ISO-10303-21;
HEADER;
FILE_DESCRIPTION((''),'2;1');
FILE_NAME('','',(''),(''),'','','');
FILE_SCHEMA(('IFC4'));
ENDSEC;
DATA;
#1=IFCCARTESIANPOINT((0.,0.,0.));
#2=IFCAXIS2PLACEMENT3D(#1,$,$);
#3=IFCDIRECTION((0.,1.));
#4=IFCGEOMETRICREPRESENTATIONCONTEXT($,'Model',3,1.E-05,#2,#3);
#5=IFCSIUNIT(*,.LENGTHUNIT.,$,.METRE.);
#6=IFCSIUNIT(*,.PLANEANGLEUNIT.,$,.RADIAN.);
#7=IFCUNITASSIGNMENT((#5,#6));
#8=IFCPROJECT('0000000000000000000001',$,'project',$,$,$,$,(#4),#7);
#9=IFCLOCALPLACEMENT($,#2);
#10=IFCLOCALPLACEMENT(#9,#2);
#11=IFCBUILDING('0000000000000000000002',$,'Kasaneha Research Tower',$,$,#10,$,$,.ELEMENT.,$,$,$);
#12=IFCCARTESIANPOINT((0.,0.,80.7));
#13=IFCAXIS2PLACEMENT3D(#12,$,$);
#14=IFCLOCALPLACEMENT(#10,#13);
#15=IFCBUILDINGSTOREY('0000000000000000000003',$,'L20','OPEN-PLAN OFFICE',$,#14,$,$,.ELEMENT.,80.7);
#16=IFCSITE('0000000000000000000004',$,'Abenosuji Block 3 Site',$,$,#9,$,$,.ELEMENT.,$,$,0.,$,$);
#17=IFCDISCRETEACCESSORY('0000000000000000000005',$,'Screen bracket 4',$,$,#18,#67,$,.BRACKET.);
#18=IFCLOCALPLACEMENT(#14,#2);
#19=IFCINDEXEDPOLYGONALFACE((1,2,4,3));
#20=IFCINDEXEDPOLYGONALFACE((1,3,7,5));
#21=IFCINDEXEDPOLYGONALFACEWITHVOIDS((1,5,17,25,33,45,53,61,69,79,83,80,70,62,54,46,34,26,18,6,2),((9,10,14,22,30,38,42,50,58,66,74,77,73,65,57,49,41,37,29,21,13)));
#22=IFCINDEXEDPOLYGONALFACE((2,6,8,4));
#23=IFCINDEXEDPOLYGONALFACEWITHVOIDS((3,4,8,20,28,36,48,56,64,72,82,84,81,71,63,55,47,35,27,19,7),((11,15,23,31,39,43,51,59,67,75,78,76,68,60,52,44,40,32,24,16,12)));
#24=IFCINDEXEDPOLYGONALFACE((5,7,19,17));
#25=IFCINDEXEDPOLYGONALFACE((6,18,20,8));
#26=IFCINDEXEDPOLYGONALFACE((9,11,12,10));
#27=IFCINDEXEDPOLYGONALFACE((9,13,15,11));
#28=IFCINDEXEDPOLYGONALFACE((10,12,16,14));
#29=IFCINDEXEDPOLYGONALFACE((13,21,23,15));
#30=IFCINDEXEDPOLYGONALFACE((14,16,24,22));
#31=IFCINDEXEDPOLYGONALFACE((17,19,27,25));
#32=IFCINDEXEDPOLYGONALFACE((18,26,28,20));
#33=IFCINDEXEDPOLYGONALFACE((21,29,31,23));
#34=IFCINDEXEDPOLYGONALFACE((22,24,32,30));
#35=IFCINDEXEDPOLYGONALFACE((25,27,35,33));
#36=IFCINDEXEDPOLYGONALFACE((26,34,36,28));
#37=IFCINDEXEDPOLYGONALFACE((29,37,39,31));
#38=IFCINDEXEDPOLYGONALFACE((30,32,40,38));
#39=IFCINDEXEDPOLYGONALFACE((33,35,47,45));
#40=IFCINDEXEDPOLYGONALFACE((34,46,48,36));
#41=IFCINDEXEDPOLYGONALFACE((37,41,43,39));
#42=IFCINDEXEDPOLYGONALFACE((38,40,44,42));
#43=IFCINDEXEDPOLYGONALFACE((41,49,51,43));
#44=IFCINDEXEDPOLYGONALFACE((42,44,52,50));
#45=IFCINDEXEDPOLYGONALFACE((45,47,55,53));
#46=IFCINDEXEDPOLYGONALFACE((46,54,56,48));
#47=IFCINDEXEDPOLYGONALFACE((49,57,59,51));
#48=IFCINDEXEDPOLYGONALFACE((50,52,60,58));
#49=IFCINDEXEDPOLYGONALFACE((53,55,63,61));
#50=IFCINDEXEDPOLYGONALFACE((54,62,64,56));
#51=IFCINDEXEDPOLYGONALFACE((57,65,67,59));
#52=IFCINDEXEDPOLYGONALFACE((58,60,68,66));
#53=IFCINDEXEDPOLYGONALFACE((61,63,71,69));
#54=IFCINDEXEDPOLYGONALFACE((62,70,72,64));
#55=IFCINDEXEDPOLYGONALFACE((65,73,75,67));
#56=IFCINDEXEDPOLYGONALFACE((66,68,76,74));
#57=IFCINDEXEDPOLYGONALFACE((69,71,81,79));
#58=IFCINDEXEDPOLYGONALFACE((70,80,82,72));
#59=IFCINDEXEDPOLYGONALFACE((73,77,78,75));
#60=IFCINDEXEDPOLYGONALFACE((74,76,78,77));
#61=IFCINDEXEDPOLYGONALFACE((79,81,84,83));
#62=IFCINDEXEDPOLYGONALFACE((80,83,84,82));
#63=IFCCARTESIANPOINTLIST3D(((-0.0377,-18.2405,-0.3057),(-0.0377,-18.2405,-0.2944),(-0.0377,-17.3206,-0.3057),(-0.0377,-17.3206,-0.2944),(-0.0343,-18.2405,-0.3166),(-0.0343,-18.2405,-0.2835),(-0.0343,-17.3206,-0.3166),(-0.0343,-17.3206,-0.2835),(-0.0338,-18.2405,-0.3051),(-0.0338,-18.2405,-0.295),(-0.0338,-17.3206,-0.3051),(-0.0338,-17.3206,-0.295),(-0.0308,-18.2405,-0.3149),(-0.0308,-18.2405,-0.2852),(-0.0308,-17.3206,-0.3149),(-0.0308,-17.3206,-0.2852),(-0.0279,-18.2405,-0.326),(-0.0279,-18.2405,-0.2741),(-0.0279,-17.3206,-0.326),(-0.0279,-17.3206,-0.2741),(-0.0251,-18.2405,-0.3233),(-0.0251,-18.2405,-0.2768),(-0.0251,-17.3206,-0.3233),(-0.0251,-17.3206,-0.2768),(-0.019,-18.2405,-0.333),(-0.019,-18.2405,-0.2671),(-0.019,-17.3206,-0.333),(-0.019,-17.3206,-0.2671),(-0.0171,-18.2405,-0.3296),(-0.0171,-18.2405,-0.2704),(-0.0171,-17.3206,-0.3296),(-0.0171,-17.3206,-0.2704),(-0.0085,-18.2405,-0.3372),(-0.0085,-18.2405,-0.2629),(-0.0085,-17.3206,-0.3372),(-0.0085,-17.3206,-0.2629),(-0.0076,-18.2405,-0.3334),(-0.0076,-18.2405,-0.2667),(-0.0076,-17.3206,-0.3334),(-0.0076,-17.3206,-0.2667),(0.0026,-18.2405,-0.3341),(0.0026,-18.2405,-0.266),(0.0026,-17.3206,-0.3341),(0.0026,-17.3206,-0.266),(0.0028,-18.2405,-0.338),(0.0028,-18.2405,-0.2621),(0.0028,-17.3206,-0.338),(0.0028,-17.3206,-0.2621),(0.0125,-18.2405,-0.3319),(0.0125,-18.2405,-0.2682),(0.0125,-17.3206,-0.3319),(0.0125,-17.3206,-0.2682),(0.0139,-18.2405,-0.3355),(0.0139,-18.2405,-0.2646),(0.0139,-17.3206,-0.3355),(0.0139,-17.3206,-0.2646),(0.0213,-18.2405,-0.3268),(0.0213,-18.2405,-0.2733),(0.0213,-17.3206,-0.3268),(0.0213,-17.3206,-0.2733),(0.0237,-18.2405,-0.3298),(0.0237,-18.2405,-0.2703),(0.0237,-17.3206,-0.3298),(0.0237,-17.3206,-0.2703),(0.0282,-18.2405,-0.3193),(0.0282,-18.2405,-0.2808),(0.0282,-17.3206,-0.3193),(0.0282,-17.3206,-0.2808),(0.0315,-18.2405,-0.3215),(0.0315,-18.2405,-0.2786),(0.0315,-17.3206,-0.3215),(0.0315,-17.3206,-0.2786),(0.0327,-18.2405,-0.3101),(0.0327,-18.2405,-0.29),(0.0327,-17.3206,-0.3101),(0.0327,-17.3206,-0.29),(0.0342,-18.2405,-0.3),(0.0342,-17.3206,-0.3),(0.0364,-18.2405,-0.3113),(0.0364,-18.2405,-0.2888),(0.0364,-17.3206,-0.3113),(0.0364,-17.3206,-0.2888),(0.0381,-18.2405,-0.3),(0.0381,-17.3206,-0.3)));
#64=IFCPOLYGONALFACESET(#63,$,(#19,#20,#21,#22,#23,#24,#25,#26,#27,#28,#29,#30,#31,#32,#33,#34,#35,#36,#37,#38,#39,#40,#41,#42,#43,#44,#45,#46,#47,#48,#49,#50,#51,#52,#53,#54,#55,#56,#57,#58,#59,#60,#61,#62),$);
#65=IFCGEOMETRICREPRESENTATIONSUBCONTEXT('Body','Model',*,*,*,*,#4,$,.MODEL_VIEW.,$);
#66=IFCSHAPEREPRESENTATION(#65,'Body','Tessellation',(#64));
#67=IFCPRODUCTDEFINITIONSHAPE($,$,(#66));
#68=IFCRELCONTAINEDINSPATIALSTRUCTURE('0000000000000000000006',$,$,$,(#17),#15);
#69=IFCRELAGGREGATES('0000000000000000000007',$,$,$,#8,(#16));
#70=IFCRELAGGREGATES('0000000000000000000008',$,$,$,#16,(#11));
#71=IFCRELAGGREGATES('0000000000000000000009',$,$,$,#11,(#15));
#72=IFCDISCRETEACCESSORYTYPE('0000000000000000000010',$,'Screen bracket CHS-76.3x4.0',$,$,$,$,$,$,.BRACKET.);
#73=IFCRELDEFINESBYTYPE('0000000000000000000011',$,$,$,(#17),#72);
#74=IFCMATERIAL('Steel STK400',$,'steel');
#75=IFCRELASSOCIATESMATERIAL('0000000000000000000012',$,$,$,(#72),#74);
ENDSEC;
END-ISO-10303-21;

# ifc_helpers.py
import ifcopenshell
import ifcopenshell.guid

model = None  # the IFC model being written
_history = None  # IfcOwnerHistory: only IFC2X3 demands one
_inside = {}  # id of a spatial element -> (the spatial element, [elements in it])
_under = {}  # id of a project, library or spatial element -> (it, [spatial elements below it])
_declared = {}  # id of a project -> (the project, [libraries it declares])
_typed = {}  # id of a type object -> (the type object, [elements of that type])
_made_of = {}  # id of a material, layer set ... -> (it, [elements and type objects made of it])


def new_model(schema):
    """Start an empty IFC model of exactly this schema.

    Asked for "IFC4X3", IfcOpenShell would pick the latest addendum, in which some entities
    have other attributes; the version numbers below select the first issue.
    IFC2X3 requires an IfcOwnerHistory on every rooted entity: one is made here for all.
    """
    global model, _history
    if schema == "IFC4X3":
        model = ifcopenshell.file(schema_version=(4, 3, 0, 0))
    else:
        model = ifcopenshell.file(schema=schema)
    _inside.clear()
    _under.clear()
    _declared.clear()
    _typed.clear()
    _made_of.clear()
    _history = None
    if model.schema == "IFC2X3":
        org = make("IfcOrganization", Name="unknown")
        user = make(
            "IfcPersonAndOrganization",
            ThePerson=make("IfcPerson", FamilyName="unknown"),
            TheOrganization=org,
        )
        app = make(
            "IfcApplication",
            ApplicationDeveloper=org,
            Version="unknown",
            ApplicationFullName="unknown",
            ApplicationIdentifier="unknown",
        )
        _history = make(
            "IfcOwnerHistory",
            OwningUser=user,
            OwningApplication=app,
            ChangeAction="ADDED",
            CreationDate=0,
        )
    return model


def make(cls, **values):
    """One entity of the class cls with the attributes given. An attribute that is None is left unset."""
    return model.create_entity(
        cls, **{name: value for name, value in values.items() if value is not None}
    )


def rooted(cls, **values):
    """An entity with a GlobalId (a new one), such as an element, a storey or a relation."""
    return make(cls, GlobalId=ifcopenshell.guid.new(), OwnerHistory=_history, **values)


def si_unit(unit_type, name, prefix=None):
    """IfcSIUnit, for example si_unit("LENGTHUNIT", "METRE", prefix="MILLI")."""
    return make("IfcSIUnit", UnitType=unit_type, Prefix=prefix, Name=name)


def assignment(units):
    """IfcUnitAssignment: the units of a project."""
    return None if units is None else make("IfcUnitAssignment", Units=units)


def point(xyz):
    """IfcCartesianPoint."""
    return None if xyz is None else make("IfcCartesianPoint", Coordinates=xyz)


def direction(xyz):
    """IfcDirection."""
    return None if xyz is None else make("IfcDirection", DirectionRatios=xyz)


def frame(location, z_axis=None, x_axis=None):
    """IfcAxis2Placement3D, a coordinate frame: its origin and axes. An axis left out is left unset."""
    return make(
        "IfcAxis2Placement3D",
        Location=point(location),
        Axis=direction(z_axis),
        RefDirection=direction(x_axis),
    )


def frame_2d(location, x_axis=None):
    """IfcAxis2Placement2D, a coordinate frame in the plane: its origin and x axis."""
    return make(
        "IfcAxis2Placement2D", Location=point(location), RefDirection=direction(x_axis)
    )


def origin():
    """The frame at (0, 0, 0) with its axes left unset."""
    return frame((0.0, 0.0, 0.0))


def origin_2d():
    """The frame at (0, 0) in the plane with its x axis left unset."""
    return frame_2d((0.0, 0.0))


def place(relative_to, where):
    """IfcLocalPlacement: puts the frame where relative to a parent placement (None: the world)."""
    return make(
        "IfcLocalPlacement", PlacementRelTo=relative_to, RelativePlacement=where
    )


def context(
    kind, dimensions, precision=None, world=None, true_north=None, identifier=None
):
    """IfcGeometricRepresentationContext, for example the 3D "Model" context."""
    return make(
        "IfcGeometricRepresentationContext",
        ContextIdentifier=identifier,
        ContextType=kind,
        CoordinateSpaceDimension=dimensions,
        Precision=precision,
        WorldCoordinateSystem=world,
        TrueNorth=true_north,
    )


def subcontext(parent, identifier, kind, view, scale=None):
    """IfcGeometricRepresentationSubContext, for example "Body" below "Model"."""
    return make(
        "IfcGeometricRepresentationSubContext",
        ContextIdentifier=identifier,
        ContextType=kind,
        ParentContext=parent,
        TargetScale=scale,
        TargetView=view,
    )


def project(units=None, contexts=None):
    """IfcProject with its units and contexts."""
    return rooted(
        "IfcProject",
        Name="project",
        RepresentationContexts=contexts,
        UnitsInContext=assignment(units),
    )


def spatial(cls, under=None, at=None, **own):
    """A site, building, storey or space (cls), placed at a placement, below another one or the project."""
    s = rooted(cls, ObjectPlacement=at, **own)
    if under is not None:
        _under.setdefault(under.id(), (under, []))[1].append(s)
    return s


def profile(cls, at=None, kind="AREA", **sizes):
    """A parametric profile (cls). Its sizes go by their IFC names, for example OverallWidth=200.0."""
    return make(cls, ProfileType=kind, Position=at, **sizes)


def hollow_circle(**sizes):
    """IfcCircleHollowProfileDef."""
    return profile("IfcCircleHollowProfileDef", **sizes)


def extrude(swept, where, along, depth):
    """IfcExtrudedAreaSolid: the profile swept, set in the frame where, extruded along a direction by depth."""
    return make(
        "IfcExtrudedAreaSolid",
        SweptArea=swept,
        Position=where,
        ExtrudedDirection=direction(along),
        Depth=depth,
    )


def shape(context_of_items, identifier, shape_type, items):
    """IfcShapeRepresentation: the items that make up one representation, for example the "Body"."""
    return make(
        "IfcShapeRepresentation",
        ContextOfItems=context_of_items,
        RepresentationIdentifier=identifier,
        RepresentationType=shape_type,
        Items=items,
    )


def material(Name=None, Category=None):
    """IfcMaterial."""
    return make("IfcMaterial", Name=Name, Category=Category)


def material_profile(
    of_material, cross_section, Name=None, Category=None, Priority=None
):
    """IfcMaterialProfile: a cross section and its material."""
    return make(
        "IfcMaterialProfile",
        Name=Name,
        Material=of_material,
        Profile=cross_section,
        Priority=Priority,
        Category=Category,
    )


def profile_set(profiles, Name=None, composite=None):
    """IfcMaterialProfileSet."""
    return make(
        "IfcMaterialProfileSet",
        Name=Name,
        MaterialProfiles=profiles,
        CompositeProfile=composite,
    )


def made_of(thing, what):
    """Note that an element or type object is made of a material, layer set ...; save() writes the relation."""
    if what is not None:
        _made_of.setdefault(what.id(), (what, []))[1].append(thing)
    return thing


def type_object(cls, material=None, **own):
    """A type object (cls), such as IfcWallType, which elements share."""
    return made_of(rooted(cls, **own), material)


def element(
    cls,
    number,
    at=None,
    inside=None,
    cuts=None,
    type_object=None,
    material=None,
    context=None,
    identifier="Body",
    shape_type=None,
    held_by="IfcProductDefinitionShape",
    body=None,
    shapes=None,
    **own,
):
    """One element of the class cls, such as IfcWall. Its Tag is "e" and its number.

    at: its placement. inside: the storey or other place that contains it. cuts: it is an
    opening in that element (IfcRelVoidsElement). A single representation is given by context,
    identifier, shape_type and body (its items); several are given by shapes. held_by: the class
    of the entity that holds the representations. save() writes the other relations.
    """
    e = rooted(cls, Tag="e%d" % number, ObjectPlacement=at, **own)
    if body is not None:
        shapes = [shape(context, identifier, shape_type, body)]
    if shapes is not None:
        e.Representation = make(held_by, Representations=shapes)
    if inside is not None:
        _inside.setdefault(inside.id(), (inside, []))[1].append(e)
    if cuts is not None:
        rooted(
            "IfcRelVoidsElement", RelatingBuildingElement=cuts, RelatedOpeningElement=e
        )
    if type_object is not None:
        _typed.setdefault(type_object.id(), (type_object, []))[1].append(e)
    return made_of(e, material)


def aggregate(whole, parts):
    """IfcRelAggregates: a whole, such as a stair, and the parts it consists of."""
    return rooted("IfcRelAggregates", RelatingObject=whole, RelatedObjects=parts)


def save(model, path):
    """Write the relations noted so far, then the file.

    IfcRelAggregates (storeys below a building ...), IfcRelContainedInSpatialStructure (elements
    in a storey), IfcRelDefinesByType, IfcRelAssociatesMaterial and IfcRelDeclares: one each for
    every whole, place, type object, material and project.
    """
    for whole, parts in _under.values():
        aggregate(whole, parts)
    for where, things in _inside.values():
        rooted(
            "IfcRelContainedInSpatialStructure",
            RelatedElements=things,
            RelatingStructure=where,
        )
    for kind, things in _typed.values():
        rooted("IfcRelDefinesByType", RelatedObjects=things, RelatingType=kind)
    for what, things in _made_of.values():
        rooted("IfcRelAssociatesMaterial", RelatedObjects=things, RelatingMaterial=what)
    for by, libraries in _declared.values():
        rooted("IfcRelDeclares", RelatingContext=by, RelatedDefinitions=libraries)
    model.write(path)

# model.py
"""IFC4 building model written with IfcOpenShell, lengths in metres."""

from ifc_helpers import new_model, si_unit, direction, frame, origin, origin_2d, place, context, subcontext, project, spatial, hollow_circle, extrude, material, material_profile, profile_set, type_object, element, save


model = new_model("IFC4")

# Units and contexts
model_context = context("Model", 3, precision=1e-05, world=origin(), true_north=direction((0.0, 1.0)))
body_context = subcontext(model_context, "Body", "Model", "MODEL_VIEW")
ifc_project = project(units=[si_unit("LENGTHUNIT", "METRE"), si_unit("PLANEANGLEUNIT", "RADIAN")], contexts=[model_context])

# Site, building, storey
site_placement = place(None, origin())
site = spatial("IfcSite", under=ifc_project, at=site_placement, Name="Abenosuji Block 3 Site", CompositionType="ELEMENT", RefElevation=0.0)
building_placement = place(site_placement, origin())
building = spatial("IfcBuilding", under=site, at=building_placement, Name="Kasaneha Research Tower", CompositionType="ELEMENT")
storey_placement = place(building_placement, frame((0.0, 0.0, 80.7)))
storey = spatial("IfcBuildingStorey", under=building, at=storey_placement, Name="L20", Description="OPEN-PLAN OFFICE", CompositionType="ELEMENT", Elevation=80.7)

# Discrete accessory
ifc_material_1 = material(Name="Steel STK400", Category="steel")
ifc_material_profile_1 = material_profile(ifc_material_1, hollow_circle(Radius=0.0381, WallThickness=0.0039, at=origin_2d()), Name="CHS-76.3x4.0")
ifc_profile_set_1 = profile_set([ifc_material_profile_1], Name="Steel STK400")
discrete_accessory_type = type_object("IfcDiscreteAccessoryType", Name="Screen bracket CHS-76.3x4.0", PredefinedType="BRACKET", material=ifc_profile_set_1)
for number, where, z_axis, x_axis, name in (
    (1, (0.0, -17.3206, -0.3), (0.0, -1.0, 0.0), (1.0, 0.0, 0.0), "Screen bracket 4"),
):
    element("IfcDiscreteAccessory", number, at=place(storey_placement, frame(where, z_axis=z_axis, x_axis=x_axis)), inside=storey, type_object=discrete_accessory_type, Name=name, PredefinedType="BRACKET", context=body_context, shape_type="SweptSolid", body=[
        extrude(hollow_circle(Radius=0.0381, WallThickness=0.0039, at=origin_2d()), origin(), (0.0, 0.0, 1.0), 0.9199),
    ])

save(model, "model.ifc")
